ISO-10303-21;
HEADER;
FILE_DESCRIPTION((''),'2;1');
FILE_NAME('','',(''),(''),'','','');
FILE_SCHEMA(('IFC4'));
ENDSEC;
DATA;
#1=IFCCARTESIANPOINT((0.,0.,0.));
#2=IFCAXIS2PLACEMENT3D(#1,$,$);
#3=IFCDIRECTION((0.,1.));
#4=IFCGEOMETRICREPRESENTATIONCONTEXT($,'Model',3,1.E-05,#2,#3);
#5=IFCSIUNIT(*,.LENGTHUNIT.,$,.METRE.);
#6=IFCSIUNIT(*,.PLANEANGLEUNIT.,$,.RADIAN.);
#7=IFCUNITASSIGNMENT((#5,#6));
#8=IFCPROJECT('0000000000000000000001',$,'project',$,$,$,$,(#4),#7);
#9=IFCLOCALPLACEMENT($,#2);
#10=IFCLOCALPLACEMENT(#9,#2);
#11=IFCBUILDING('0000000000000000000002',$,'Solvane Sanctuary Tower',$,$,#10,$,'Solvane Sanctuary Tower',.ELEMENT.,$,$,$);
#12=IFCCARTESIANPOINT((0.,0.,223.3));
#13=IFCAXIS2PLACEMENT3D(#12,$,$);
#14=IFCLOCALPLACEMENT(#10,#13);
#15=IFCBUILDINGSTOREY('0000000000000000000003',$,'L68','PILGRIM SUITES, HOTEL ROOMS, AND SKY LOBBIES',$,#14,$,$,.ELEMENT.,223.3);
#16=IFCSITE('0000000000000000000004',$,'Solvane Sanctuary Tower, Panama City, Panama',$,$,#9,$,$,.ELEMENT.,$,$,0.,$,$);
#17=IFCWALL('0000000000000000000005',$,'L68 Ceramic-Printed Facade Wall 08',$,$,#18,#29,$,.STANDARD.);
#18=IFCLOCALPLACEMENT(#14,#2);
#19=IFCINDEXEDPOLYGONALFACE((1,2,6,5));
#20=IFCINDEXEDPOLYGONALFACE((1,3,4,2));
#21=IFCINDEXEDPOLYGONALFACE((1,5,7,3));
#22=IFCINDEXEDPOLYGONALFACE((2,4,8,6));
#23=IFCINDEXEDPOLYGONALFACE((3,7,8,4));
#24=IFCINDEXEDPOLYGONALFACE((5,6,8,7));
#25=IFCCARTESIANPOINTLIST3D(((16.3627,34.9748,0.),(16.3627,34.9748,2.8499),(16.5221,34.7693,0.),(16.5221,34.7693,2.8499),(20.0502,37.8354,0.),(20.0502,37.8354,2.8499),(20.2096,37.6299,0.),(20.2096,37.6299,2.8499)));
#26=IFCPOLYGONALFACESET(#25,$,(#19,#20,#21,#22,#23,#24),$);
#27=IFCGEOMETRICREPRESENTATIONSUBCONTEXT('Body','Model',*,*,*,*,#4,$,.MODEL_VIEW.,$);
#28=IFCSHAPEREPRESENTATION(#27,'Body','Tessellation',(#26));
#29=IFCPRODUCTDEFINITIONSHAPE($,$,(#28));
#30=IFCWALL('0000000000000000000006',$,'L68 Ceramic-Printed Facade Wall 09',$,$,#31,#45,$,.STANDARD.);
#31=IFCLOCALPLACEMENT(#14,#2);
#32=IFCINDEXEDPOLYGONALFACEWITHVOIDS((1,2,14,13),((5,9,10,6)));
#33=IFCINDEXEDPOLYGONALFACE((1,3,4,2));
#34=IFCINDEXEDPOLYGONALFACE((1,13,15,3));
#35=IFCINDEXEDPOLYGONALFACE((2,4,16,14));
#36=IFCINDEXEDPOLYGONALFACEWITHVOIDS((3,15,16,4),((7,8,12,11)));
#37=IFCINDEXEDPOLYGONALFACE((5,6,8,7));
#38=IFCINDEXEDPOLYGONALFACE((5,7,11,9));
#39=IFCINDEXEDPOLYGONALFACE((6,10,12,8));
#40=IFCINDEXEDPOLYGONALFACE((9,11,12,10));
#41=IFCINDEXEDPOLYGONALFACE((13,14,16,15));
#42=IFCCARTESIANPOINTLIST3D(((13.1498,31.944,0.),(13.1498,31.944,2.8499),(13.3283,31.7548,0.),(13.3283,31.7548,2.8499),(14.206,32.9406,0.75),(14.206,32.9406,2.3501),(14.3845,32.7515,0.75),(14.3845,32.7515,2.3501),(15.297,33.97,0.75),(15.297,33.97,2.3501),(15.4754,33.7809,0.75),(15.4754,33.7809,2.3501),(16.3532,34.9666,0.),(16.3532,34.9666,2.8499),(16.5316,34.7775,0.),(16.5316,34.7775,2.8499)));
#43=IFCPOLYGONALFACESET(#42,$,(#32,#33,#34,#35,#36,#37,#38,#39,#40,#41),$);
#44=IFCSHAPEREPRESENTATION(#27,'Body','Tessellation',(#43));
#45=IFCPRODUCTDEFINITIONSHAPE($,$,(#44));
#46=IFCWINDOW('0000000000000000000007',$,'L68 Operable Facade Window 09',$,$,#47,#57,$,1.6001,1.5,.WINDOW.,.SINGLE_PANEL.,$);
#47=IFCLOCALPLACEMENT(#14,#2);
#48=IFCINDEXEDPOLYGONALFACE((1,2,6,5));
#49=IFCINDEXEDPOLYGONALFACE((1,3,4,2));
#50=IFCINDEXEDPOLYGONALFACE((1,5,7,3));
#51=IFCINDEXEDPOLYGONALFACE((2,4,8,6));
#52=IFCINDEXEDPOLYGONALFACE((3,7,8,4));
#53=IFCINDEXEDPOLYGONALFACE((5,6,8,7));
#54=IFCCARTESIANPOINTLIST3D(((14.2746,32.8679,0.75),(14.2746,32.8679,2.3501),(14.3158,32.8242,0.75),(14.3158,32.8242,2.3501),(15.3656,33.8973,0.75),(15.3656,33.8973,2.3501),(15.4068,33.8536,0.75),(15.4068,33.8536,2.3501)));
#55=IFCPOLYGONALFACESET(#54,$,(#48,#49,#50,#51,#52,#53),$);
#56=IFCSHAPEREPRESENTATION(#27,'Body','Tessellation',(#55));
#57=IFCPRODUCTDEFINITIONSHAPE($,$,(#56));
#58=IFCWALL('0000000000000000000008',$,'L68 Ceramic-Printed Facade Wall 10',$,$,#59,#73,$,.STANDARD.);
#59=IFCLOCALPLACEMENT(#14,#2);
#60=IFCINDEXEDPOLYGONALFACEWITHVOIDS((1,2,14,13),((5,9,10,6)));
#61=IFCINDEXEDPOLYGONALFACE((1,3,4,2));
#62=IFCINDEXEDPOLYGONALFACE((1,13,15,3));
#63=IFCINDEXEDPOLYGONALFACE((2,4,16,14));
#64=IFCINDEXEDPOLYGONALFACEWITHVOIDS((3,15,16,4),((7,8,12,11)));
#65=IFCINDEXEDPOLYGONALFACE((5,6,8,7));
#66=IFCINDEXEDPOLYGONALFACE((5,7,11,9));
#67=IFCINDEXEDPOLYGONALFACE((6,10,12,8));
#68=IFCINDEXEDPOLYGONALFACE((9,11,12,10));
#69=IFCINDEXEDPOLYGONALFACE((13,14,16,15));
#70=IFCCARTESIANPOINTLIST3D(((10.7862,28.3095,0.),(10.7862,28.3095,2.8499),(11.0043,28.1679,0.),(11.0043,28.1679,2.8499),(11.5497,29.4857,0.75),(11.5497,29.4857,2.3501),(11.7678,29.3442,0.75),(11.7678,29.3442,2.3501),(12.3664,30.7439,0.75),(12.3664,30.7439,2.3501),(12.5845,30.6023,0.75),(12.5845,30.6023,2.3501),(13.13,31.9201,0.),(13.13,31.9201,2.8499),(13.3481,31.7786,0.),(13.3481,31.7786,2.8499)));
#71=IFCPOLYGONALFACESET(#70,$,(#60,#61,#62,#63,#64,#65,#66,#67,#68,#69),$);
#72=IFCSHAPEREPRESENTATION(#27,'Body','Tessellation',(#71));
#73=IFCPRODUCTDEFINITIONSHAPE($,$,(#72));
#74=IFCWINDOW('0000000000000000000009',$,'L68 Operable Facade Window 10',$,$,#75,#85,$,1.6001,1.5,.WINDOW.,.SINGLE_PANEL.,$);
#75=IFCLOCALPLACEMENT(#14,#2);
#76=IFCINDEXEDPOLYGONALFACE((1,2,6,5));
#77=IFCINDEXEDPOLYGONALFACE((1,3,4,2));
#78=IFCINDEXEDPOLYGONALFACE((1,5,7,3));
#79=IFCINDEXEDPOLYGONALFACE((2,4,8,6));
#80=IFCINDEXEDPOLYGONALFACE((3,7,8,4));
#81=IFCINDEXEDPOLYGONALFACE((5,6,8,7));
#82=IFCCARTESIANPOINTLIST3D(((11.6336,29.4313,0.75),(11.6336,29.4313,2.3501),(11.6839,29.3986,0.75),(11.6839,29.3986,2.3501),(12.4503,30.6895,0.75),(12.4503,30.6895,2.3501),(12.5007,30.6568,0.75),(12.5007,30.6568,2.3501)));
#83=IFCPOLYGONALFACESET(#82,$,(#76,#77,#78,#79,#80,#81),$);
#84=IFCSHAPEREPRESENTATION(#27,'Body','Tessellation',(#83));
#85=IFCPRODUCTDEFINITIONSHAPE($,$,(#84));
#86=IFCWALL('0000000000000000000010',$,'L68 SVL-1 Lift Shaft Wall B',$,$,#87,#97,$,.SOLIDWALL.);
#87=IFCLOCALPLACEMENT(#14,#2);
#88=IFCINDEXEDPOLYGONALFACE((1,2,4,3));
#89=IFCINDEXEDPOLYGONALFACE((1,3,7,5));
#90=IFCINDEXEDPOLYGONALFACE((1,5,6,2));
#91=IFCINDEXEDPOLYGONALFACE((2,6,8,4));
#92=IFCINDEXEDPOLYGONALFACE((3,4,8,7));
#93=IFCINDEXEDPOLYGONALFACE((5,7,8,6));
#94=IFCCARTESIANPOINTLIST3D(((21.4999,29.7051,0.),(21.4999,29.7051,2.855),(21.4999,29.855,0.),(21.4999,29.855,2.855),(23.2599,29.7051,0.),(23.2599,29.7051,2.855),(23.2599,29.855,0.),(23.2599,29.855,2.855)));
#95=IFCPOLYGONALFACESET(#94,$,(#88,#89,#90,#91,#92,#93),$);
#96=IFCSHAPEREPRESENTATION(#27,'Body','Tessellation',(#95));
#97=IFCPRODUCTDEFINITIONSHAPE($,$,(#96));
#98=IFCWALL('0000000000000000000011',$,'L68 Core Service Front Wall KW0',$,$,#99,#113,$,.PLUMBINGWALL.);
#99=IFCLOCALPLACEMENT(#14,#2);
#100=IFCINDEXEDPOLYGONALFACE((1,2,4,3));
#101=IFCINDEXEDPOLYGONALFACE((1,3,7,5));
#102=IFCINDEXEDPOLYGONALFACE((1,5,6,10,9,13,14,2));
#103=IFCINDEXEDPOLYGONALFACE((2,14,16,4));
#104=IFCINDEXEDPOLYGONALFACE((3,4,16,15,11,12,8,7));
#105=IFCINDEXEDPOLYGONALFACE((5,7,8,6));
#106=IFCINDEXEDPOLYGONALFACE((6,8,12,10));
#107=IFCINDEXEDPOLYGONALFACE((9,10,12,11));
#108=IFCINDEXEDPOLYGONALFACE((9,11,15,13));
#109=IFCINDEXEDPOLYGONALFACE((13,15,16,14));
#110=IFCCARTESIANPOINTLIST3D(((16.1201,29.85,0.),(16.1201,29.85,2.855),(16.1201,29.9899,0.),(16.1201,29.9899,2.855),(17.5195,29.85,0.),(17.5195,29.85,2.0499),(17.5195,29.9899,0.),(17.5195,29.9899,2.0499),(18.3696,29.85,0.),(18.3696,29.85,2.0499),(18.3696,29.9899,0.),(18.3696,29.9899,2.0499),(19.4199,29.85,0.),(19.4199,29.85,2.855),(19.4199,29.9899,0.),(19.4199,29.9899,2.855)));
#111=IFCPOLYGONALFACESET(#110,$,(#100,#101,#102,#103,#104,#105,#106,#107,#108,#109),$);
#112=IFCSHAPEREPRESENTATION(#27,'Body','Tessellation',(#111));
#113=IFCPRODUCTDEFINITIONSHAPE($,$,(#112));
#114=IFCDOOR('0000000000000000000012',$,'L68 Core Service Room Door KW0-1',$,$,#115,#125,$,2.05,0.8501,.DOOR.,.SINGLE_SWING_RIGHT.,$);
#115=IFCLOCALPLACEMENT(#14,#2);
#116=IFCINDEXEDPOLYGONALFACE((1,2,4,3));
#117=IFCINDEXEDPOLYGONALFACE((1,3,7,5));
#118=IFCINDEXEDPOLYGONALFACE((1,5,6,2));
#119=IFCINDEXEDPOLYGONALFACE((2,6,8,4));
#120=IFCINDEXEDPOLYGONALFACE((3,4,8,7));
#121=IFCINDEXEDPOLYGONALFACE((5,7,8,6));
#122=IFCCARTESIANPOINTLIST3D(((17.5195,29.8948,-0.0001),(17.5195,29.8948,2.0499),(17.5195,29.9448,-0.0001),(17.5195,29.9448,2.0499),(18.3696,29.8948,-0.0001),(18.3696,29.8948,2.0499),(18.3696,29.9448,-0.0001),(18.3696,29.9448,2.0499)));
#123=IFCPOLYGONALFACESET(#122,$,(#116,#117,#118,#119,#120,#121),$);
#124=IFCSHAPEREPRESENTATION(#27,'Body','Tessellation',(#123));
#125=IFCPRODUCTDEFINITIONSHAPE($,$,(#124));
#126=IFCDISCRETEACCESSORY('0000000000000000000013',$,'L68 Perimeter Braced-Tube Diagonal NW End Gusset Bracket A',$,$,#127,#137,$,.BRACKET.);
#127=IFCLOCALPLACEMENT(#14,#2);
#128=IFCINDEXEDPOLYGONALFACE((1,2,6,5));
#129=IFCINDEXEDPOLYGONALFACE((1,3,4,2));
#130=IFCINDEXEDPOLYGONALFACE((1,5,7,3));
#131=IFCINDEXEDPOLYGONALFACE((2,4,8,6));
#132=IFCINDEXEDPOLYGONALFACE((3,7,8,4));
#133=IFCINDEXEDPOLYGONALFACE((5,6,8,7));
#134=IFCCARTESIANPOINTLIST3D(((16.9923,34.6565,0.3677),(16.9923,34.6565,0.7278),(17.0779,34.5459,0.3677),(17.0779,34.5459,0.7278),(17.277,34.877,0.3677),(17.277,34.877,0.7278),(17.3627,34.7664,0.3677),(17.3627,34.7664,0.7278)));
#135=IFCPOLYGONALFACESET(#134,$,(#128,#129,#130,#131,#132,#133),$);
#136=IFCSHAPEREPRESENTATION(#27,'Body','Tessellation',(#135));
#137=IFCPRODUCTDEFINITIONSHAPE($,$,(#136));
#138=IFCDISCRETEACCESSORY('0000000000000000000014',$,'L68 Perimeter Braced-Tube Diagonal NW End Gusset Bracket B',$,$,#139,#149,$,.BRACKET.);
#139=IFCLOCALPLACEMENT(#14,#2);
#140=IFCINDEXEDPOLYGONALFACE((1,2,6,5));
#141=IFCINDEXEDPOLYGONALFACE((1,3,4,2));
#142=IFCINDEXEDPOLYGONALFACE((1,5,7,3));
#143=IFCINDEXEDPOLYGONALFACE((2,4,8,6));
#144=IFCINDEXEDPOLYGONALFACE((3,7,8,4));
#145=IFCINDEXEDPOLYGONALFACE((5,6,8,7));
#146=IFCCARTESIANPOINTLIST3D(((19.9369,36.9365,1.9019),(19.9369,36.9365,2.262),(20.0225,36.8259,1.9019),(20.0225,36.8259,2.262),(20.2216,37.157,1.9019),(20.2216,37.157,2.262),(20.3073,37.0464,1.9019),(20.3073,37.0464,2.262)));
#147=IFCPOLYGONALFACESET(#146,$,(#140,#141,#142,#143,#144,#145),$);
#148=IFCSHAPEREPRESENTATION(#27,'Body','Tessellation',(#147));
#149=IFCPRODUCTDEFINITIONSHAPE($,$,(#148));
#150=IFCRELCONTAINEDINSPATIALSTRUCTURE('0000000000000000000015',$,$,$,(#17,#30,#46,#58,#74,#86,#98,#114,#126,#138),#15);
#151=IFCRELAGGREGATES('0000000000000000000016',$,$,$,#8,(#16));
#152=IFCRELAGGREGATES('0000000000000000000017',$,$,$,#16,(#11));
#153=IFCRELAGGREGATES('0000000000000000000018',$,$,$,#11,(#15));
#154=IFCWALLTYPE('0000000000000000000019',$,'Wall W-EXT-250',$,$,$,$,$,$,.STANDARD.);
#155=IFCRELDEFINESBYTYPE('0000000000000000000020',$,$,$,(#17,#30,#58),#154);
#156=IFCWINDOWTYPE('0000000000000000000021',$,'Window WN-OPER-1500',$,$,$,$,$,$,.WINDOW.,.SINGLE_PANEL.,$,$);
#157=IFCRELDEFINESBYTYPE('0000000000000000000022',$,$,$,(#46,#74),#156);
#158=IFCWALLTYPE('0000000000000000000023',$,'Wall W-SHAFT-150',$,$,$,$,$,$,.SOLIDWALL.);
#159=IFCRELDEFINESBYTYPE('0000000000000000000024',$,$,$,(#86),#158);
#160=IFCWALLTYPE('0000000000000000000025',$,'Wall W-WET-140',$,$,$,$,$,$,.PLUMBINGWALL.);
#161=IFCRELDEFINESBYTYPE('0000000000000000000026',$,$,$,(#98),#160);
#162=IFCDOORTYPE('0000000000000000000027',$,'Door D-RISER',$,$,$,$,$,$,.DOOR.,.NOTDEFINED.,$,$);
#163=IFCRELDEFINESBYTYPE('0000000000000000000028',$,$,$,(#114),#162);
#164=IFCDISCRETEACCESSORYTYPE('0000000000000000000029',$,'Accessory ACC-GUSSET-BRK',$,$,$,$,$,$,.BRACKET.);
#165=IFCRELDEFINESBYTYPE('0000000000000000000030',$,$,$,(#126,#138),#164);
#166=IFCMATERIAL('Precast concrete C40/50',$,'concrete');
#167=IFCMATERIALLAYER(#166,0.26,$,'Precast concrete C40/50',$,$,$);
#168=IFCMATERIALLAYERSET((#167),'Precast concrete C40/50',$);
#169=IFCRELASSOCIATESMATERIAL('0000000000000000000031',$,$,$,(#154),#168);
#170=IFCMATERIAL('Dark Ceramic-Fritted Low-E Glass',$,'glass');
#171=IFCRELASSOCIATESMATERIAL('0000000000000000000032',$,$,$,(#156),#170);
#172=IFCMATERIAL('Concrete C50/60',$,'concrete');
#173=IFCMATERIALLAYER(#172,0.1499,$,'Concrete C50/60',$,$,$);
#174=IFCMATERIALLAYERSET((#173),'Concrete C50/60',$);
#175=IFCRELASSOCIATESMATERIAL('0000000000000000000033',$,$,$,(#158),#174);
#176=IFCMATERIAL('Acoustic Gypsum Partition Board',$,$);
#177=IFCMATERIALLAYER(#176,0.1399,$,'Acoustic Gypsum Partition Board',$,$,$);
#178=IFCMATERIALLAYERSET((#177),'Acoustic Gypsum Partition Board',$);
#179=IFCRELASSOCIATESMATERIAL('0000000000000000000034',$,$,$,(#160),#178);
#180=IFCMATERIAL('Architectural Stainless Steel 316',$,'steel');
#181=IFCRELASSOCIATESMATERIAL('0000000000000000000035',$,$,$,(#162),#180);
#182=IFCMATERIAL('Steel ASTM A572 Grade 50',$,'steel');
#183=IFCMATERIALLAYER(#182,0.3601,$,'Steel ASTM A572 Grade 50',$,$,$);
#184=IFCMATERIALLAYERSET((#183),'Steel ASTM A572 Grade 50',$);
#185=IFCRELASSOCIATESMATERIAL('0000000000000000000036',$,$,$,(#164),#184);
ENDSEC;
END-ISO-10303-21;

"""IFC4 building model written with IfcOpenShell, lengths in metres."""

from ifc_helpers import new_model, si_unit, direction, frame, frame_2d, origin, origin_2d, place, context, subcontext, project, spatial, rectangle, extrude, material, layer, layer_set, type_object, element, fill, save


model = new_model("IFC4")

# Units and contexts
model_context = context("Model", 3, precision=1e-05, world=origin(), true_north=direction((0.0, 1.0)))
body_context = subcontext(model_context, "Body", "Model", "MODEL_VIEW")
ifc_project = project(units=[si_unit("LENGTHUNIT", "METRE"), si_unit("PLANEANGLEUNIT", "RADIAN")], contexts=[model_context])

# Site, building, storey
site_placement = place(None, origin())
site = spatial("IfcSite", under=ifc_project, at=site_placement, Name="Solvane Sanctuary Tower, Panama City, Panama", CompositionType="ELEMENT", RefElevation=0.0)
building_placement = place(site_placement, origin())
building = spatial("IfcBuilding", under=site, at=building_placement, Name="Solvane Sanctuary Tower", LongName="Solvane Sanctuary Tower", CompositionType="ELEMENT")
storey_placement = place(building_placement, frame((0.0, 0.0, 223.3)))
storey = spatial("IfcBuildingStorey", under=building, at=storey_placement, Name="L68", Description="PILGRIM SUITES, HOTEL ROOMS, AND SKY LOBBIES", CompositionType="ELEMENT", Elevation=223.3)

# Shared definitions
ifc_material_1 = material(Name="Concrete C50/60", Category="concrete")

# Shared definitions
ifc_material_2 = material(Name="Acoustic Gypsum Partition Board")

# Wall
ifc_material_3 = material(Name="Precast concrete C40/50", Category="concrete")
ifc_layer_1 = layer(ifc_material_3, 0.26, Name="Precast concrete C40/50")
ifc_layer_set_1 = layer_set([ifc_layer_1], Name="Precast concrete C40/50")
wall_type_1 = type_object("IfcWallType", Name="Wall W-EXT-250", PredefinedType="STANDARD", material=ifc_layer_set_1)
wall_1_placement = place(storey_placement, frame((20.1299, 37.7327, 0.0), z_axis=(0.0, 0.0, 1.0), x_axis=(-0.790126, -0.612944, 0.0)))
element("IfcWall", 1, at=wall_1_placement, inside=storey, type_object=wall_type_1, Name="L68 Ceramic-Printed Facade Wall 08", PredefinedType="STANDARD", context=body_context, shape_type="SweptSolid", body=[
    extrude(rectangle(XDim=4.667, YDim=0.26, at=frame_2d((2.3335, 0.0))), origin(), (0.0, 0.0, 1.0), 2.8499),
])

# Walls, openings, windows
wall_2_placement = place(storey_placement, frame((16.4424, 34.8721, 0.0), z_axis=(0.0, 0.0, 1.0), x_axis=(-0.727319, -0.6863, 0.0)))
wall_2 = element("IfcWall", 2, at=wall_2_placement, inside=storey, type_object=wall_type_1, Name="L68 Ceramic-Printed Facade Wall 09", PredefinedType="STANDARD", context=body_context, shape_type="SweptSolid", body=[
    extrude(rectangle(XDim=4.4043, YDim=0.26, at=frame_2d((2.2021, 0.0))), origin(), (0.0, 0.0, 1.0), 2.8499),
])
opening_1_placement = place(wall_2_placement, frame((1.4521, 0.0, 0.75)))
opening_1 = element("IfcOpeningElement", 3, at=opening_1_placement, cuts=wall_2, PredefinedType="OPENING", context=body_context, shape_type="SweptSolid", body=[
    extrude(rectangle(XDim=1.5, YDim=1.6001, at=frame_2d((0.75, 0.8))), frame((0.0, 0.1399, 0.0), z_axis=(0.0, -1.0, 0.0), x_axis=(1.0, 0.0, 0.0)), (0.0, 0.0, 1.0), 0.28),
])
ifc_material_4 = material(Name="Dark Ceramic-Fritted Low-E Glass", Category="glass")
window_type = type_object("IfcWindowType", Name="Window WN-OPER-1500", PartitioningType="SINGLE_PANEL", PredefinedType="WINDOW", material=ifc_material_4)
window_1_placement = place(opening_1_placement, origin())
window_1 = element("IfcWindow", 4, at=window_1_placement, inside=storey, type_object=window_type, Name="L68 Operable Facade Window 09", OverallHeight=1.6001, OverallWidth=1.5, PartitioningType="SINGLE_PANEL", PredefinedType="WINDOW", context=body_context, shape_type="SweptSolid", body=[
    extrude(rectangle(XDim=1.5, YDim=1.6001, at=frame_2d((0.75, 0.8))), frame((0.0, 0.03, 0.0), z_axis=(0.0, -1.0, 0.0), x_axis=(1.0, 0.0, 0.0)), (0.0, 0.0, 1.0), 0.0601),
])
fill(opening_1, window_1)
wall_3_placement = place(storey_placement, frame((13.239, 31.8494, 0.0), z_axis=(0.0, 0.0, 1.0), x_axis=(-0.544476, -0.838776, 0.0)))
wall_3 = element("IfcWall", 5, at=wall_3_placement, inside=storey, type_object=wall_type_1, Name="L68 Ceramic-Printed Facade Wall 10", PredefinedType="STANDARD", context=body_context, shape_type="SweptSolid", body=[
    extrude(rectangle(XDim=4.3047, YDim=0.26, at=frame_2d((2.1523, 0.0))), origin(), (0.0, 0.0, 1.0), 2.8499),
])
opening_2_placement = place(wall_3_placement, frame((1.4023, 0.0, 0.75)))
opening_2 = element("IfcOpeningElement", 6, at=opening_2_placement, cuts=wall_3, PredefinedType="OPENING", context=body_context, shape_type="SweptSolid", body=[
    extrude(rectangle(XDim=1.5, YDim=1.6001, at=frame_2d((0.75, 0.8))), frame((0.0, 0.1399, 0.0), z_axis=(0.0, -1.0, 0.0), x_axis=(1.0, 0.0, 0.0)), (0.0, 0.0, 1.0), 0.28),
])
window_2_placement = place(opening_2_placement, origin())
window_2 = element("IfcWindow", 7, at=window_2_placement, inside=storey, type_object=window_type, Name="L68 Operable Facade Window 10", OverallHeight=1.6001, OverallWidth=1.5, PartitioningType="SINGLE_PANEL", PredefinedType="WINDOW", context=body_context, shape_type="SweptSolid", body=[
    extrude(rectangle(XDim=1.5, YDim=1.6001, at=frame_2d((0.75, 0.8))), frame((0.0, 0.03, 0.0), z_axis=(0.0, -1.0, 0.0), x_axis=(1.0, 0.0, 0.0)), (0.0, 0.0, 1.0), 0.0601),
])
fill(opening_2, window_2)

# Wall
ifc_layer_2 = layer(ifc_material_1, 0.1499, Name="Concrete C50/60")
ifc_layer_set_2 = layer_set([ifc_layer_2], Name="Concrete C50/60")
wall_type_2 = type_object("IfcWallType", Name="Wall W-SHAFT-150", PredefinedType="SOLIDWALL", material=ifc_layer_set_2)
wall_4_placement = place(storey_placement, frame((21.5, 29.78, 0.0), z_axis=(0.0, 0.0, 1.0), x_axis=(1.0, 0.0, 0.0)))
element("IfcWall", 8, at=wall_4_placement, inside=storey, type_object=wall_type_2, Name="L68 SVL-1 Lift Shaft Wall B", PredefinedType="SOLIDWALL", context=body_context, shape_type="SweptSolid", body=[
    extrude(rectangle(XDim=1.76, YDim=0.1499, at=frame_2d((0.8799, 0.0))), origin(), (0.0, 0.0, 1.0), 2.855),
])

# Wall, opening, door
ifc_layer_3 = layer(ifc_material_2, 0.1399, Name="Acoustic Gypsum Partition Board")
ifc_layer_set_3 = layer_set([ifc_layer_3], Name="Acoustic Gypsum Partition Board")
wall_type_3 = type_object("IfcWallType", Name="Wall W-WET-140", PredefinedType="PLUMBINGWALL", material=ifc_layer_set_3)
wall_5_placement = place(storey_placement, frame((16.1201, 29.9199, 0.0), z_axis=(0.0, 0.0, 1.0), x_axis=(1.0, 0.0, 0.0)))
wall_5 = element("IfcWall", 9, at=wall_5_placement, inside=storey, type_object=wall_type_3, Name="L68 Core Service Front Wall KW0", PredefinedType="PLUMBINGWALL", context=body_context, shape_type="SweptSolid", body=[
    extrude(rectangle(XDim=3.2998, YDim=0.1399, at=frame_2d((1.6499, 0.0))), origin(), (0.0, 0.0, 1.0), 2.855),
])
opening_3_placement = place(wall_5_placement, frame((1.3994, 0.0, 0.0)))
opening_3 = element("IfcOpeningElement", 10, at=opening_3_placement, cuts=wall_5, PredefinedType="OPENING", context=body_context, shape_type="SweptSolid", body=[
    extrude(rectangle(XDim=0.8501, YDim=2.05, at=frame_2d((0.425, 1.0249))), frame((0.0, 0.0798, 0.0), z_axis=(0.0, -1.0, 0.0), x_axis=(1.0, 0.0, 0.0)), (0.0, 0.0, 1.0), 0.1599),
])
ifc_material_5 = material(Name="Architectural Stainless Steel 316", Category="steel")
door_type_1 = type_object("IfcDoorType", Name="Door D-RISER", OperationType="NOTDEFINED", PredefinedType="DOOR", material=ifc_material_5)
door_1_placement = place(opening_3_placement, origin())
door_1 = element("IfcDoor", 11, at=door_1_placement, inside=storey, type_object=door_type_1, Name="L68 Core Service Room Door KW0-1", OperationType="SINGLE_SWING_RIGHT", OverallHeight=2.05, OverallWidth=0.8501, PredefinedType="DOOR", context=body_context, shape_type="SweptSolid", body=[
    extrude(rectangle(XDim=0.8501, YDim=2.05, at=frame_2d((0.425, 1.0249))), frame((0.0, 0.0249, 0.0), z_axis=(0.0, -1.0, 0.0), x_axis=(1.0, 0.0, 0.0)), (0.0, 0.0, 1.0), 0.05),
])
fill(opening_3, door_1)

# Discrete accessories
ifc_material_6 = material(Name="Steel ASTM A572 Grade 50", Category="steel")
ifc_layer_4 = layer(ifc_material_6, 0.3601, Name="Steel ASTM A572 Grade 50")
ifc_layer_set_4 = layer_set([ifc_layer_4], Name="Steel ASTM A572 Grade 50")
discrete_accessory_type = type_object("IfcDiscreteAccessoryType", Name="Accessory ACC-GUSSET-BRK", PredefinedType="BRACKET", material=ifc_layer_set_4)
for number, where, z_axis, x_axis, name in (
    (12, (17.1775, 34.7114, 0.3677), (0.0, 0.0, 1.0), (0.79069, 0.612217, 0.0), "L68 Perimeter Braced-Tube Diagonal NW End Gusset Bracket A"),
    (13, (20.1221, 36.9915, 1.9019), (0.0, 0.0, 1.0), (0.79069, 0.612217, 0.0), "L68 Perimeter Braced-Tube Diagonal NW End Gusset Bracket B"),
):
    element("IfcDiscreteAccessory", number, at=place(storey_placement, frame(where, z_axis=z_axis, x_axis=x_axis)), inside=storey, type_object=discrete_accessory_type, Name=name, PredefinedType="BRACKET", context=body_context, shape_type="SweptSolid", body=[
        extrude(rectangle(XDim=0.3601, YDim=0.1399, at=origin_2d()), origin(), (0.0, 0.0, 1.0), 0.3601),
    ])

save(model, "model.ifc")
